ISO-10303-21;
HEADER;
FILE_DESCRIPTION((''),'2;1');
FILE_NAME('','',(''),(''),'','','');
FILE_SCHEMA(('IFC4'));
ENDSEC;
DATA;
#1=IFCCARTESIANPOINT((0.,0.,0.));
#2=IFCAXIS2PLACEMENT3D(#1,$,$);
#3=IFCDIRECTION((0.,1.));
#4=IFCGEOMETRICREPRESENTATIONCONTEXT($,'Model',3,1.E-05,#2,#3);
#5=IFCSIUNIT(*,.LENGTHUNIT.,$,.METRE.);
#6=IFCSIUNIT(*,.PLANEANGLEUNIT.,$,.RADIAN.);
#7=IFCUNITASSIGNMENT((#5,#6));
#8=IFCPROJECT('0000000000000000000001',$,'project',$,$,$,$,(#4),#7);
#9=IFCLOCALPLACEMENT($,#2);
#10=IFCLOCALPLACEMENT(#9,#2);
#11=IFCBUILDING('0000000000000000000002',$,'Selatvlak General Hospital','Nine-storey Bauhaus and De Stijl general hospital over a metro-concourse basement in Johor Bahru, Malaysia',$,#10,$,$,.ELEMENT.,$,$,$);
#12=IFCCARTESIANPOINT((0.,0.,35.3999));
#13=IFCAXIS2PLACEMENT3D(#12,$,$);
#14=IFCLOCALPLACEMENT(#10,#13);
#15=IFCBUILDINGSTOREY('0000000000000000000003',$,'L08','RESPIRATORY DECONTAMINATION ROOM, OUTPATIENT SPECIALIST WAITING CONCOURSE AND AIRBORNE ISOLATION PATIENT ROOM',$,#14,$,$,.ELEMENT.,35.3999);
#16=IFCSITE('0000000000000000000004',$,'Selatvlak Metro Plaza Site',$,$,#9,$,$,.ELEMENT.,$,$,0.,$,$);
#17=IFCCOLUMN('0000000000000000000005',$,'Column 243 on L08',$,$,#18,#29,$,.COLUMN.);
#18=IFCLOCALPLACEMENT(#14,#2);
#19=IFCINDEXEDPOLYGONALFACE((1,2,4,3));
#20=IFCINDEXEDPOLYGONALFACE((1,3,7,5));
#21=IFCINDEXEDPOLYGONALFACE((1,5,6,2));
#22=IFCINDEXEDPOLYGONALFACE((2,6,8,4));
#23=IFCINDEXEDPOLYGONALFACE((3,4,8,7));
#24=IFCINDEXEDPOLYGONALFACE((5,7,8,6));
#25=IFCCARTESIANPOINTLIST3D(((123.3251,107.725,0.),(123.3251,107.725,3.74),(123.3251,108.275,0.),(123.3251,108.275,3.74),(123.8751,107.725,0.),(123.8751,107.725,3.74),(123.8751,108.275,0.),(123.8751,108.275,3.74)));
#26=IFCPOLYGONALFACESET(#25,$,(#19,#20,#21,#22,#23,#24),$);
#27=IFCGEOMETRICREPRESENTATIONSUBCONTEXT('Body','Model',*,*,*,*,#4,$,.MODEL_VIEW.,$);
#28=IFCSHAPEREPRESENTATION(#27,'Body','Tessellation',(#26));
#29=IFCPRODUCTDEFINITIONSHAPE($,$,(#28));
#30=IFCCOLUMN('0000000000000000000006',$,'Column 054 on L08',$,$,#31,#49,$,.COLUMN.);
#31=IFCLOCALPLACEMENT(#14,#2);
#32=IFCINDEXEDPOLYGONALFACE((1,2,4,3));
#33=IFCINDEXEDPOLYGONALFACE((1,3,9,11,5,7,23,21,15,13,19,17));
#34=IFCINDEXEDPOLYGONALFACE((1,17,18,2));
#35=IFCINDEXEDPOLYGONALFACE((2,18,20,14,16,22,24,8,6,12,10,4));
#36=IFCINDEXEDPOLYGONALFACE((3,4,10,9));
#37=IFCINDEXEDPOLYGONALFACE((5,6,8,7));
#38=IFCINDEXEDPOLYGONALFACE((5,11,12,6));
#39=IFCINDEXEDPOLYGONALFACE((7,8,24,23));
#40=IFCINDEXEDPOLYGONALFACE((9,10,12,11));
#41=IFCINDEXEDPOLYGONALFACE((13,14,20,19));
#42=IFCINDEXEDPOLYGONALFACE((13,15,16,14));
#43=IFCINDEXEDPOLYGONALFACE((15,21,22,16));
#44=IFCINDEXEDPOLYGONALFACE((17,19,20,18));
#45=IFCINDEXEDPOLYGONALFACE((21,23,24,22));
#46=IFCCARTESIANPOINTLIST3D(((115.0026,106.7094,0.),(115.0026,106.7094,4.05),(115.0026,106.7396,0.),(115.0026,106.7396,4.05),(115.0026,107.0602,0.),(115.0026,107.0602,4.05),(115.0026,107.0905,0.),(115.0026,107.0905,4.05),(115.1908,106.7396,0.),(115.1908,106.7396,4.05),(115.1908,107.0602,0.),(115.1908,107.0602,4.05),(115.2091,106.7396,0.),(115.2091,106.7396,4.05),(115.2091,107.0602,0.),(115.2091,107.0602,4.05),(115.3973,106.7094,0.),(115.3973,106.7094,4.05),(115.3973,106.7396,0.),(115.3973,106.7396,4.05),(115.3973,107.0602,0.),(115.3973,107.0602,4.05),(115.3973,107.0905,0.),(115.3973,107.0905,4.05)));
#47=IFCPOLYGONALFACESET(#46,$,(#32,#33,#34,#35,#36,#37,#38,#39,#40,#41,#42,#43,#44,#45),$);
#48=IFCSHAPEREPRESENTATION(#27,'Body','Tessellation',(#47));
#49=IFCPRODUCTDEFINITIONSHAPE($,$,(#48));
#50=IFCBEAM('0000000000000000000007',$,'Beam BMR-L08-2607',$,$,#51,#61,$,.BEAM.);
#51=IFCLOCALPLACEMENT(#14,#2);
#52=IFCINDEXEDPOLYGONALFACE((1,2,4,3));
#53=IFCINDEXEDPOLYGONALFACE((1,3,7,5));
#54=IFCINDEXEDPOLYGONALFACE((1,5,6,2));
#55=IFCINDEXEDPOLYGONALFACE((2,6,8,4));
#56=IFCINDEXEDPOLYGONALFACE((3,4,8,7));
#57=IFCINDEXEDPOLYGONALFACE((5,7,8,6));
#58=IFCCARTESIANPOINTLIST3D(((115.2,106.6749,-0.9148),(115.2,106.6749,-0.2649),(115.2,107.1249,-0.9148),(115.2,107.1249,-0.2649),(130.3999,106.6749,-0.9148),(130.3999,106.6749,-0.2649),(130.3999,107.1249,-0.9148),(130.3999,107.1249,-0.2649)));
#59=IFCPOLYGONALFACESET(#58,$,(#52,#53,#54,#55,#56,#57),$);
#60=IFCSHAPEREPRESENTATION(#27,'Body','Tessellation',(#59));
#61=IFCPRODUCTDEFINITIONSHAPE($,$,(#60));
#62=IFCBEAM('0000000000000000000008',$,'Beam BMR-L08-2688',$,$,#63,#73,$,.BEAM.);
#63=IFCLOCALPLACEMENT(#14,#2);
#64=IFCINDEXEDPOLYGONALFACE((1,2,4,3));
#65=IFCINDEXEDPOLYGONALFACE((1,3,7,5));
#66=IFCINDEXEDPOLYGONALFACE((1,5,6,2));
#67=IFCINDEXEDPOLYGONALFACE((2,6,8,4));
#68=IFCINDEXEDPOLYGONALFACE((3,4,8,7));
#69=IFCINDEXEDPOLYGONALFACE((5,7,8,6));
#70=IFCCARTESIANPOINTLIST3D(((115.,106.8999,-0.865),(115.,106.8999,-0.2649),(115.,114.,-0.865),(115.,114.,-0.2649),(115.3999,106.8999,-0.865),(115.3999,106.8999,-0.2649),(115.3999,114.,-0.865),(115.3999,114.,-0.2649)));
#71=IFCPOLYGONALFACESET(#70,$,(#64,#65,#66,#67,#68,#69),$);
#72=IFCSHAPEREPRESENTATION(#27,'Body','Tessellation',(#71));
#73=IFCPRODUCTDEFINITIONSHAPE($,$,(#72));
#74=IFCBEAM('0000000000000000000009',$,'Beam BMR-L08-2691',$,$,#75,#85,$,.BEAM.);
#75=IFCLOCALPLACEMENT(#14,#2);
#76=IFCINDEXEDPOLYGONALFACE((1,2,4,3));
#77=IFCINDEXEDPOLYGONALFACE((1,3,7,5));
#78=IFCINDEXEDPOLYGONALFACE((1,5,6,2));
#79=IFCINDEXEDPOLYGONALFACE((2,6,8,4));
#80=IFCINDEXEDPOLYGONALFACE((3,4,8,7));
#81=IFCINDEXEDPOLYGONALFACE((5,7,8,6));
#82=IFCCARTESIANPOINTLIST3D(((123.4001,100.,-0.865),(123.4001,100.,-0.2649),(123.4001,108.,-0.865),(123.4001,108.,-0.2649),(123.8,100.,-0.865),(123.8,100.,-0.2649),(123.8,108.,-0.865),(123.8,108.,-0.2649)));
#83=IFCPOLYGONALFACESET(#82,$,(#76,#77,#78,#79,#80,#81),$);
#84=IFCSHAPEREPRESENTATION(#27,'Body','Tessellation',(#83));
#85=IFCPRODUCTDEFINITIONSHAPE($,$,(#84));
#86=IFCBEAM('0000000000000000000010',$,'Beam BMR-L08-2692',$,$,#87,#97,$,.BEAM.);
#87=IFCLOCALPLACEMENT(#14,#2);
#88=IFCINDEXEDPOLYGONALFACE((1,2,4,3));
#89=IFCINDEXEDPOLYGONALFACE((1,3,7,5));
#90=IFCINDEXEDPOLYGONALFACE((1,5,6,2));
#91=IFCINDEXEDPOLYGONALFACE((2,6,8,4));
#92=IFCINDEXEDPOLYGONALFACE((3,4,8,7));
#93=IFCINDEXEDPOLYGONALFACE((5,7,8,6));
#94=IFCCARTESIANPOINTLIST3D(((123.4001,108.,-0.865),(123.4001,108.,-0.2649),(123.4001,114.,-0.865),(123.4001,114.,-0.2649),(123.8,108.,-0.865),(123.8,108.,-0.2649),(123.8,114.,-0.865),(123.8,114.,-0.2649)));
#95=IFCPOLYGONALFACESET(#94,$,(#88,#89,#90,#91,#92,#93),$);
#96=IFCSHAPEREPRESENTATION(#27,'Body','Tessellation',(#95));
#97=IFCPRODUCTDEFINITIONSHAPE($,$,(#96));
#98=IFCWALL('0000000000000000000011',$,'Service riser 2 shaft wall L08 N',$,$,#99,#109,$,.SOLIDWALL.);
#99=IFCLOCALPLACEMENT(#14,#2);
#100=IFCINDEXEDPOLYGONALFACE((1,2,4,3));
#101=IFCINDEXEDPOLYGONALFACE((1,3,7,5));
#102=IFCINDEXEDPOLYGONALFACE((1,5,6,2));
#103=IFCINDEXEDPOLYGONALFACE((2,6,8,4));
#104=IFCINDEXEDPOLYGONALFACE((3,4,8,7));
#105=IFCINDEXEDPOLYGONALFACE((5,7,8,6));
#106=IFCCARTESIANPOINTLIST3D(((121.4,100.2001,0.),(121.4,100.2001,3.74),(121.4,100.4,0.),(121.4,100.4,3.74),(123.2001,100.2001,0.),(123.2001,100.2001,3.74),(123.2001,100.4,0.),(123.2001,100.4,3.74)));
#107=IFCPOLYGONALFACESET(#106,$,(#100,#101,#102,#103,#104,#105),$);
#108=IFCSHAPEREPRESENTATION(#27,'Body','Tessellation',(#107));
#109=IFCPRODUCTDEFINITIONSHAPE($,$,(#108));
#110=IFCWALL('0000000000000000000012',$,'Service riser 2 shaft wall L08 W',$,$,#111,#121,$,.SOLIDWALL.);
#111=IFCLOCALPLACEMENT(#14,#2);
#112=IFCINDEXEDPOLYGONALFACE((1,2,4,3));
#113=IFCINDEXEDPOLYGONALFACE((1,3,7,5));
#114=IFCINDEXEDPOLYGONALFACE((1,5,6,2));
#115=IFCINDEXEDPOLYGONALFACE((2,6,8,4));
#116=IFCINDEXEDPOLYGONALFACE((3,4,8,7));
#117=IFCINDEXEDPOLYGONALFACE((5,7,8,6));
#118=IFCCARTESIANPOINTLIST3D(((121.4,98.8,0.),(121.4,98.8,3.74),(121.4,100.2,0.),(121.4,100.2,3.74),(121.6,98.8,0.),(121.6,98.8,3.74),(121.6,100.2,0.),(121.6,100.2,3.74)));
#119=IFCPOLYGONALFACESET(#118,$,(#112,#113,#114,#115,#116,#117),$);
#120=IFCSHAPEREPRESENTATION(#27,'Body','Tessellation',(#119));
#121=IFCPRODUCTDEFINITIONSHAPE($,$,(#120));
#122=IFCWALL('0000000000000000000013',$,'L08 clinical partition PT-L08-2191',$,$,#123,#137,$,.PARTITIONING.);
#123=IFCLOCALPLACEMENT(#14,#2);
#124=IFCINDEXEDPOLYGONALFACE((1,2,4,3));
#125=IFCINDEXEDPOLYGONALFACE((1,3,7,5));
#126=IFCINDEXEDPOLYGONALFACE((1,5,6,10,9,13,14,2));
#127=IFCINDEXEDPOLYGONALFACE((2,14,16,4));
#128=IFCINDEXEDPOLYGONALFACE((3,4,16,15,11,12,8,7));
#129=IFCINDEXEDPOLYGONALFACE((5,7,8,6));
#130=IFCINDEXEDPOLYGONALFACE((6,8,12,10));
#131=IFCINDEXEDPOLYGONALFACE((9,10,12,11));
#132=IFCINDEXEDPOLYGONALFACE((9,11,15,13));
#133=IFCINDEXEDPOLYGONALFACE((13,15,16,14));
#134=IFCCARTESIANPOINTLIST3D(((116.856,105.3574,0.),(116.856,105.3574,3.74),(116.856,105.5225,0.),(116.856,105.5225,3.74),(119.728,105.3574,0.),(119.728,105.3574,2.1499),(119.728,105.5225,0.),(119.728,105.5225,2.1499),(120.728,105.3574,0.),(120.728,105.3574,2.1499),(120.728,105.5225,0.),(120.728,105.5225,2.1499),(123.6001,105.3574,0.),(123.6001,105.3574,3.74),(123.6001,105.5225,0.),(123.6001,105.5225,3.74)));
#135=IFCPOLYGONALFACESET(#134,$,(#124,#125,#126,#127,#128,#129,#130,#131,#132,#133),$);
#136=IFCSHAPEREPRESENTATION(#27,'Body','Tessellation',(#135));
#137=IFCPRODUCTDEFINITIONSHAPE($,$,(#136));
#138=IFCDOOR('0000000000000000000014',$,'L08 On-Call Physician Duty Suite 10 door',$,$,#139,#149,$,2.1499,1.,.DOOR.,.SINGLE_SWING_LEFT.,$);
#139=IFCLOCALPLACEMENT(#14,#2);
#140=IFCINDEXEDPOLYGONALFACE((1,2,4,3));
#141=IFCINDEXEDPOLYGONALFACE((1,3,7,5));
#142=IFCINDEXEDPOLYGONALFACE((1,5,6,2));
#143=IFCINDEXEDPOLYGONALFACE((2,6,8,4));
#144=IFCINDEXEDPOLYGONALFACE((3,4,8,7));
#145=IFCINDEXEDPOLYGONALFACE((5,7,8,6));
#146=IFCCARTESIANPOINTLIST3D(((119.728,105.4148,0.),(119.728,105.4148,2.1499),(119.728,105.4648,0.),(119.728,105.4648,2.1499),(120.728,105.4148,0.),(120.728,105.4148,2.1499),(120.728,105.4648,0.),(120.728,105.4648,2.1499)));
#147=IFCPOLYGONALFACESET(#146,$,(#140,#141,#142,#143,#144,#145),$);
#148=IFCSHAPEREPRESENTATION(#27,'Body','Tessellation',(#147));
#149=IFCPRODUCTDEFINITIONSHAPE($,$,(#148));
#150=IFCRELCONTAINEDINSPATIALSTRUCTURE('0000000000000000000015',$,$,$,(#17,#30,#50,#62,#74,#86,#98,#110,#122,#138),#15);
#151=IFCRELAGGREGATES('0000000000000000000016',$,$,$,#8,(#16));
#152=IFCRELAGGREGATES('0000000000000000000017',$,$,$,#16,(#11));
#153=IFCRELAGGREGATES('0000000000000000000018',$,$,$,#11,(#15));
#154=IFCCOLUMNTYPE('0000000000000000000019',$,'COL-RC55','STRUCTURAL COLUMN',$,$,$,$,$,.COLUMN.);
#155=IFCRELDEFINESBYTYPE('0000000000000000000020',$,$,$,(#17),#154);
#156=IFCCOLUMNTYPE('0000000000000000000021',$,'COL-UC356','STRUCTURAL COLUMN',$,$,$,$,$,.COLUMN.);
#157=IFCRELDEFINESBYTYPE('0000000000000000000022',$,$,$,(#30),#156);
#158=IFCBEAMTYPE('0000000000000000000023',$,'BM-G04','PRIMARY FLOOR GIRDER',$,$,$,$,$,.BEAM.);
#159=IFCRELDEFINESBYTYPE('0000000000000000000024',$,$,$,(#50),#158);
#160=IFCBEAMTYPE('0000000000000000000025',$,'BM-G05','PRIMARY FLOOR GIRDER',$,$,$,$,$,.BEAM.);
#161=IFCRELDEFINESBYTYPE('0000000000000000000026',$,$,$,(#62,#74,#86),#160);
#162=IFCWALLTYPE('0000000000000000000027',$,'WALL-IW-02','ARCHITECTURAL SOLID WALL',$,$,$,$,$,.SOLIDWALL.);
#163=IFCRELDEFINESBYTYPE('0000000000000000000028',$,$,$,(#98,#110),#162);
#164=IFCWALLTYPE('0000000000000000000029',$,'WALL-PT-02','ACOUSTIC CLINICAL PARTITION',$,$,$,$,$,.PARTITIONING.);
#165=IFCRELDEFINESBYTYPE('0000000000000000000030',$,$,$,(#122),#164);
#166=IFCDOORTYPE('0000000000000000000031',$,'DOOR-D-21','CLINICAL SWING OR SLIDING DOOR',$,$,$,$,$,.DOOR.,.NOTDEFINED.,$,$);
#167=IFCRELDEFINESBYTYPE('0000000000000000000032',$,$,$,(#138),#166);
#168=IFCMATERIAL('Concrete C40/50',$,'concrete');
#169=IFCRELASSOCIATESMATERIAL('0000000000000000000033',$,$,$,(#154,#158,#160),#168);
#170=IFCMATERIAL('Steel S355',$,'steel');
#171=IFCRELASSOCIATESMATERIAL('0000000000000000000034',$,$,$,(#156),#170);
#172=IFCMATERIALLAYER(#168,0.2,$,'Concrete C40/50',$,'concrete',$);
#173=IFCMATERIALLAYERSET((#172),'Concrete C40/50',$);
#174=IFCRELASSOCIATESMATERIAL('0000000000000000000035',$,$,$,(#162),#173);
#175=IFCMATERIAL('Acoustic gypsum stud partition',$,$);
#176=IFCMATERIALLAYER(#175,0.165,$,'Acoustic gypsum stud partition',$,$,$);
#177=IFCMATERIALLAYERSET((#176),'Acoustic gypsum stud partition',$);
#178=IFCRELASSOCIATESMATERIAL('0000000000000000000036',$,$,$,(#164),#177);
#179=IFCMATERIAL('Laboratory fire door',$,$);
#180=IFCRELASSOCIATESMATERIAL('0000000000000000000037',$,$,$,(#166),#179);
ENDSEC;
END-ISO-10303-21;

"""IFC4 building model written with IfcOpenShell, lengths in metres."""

from ifc_helpers import new_model, si_unit, direction, frame, frame_2d, origin, origin_2d, place, context, subcontext, project, spatial, rectangle, i_section, extrude, material, layer, layer_set, material_profile, profile_set, type_object, element, fill, save


model = new_model("IFC4")

# Units and contexts
model_context = context("Model", 3, precision=1e-05, world=origin(), true_north=direction((0.0, 1.0)))
body_context = subcontext(model_context, "Body", "Model", "MODEL_VIEW")
ifc_project = project(units=[si_unit("LENGTHUNIT", "METRE"), si_unit("PLANEANGLEUNIT", "RADIAN")], contexts=[model_context])

# Site, building, storey
site_placement = place(None, origin())
site = spatial("IfcSite", under=ifc_project, at=site_placement, Name="Selatvlak Metro Plaza Site", CompositionType="ELEMENT", RefElevation=0.0)
building_placement = place(site_placement, origin())
building = spatial("IfcBuilding", under=site, at=building_placement, Name="Selatvlak General Hospital", Description="Nine-storey Bauhaus and De Stijl general hospital over a metro-concourse basement in Johor Bahru, Malaysia", CompositionType="ELEMENT")
storey_placement = place(building_placement, frame((0.0, 0.0, 35.3999)))
storey = spatial("IfcBuildingStorey", under=building, at=storey_placement, Name="L08", Description="RESPIRATORY DECONTAMINATION ROOM, OUTPATIENT SPECIALIST WAITING CONCOURSE AND AIRBORNE ISOLATION PATIENT ROOM", CompositionType="ELEMENT", Elevation=35.3999)

# Columns
ifc_material_1 = material(Name="Concrete C40/50", Category="concrete")
ifc_material_profile_1 = material_profile(ifc_material_1, rectangle(XDim=0.55, YDim=0.55, at=origin_2d()), Name="RC-COL 550x550")
ifc_profile_set_1 = profile_set([ifc_material_profile_1], Name="Concrete C40/50")
column_type_1 = type_object("IfcColumnType", Name="COL-RC55", Description="STRUCTURAL COLUMN", PredefinedType="COLUMN", material=ifc_profile_set_1)
column_1_placement = place(storey_placement, frame((123.6001, 108.0, 0.0), z_axis=(0.0, 0.0, 1.0), x_axis=(1.0, 0.0, 0.0)))
element("IfcColumn", 1, at=column_1_placement, inside=storey, type_object=column_type_1, Name="Column 243 on L08", PredefinedType="COLUMN", context=body_context, shape_type="SweptSolid", body=[
    extrude(rectangle(XDim=0.55, YDim=0.55, at=origin_2d()), origin(), (0.0, 0.0, 1.0), 3.74),
])
ifc_material_2 = material(Name="Steel S355", Category="steel")
ifc_material_profile_2 = material_profile(ifc_material_2, i_section(OverallWidth=0.3948, OverallDepth=0.3811, WebThickness=0.0183, FlangeThickness=0.0303, at=origin_2d()), Name="UC 356x406x235")
ifc_profile_set_2 = profile_set([ifc_material_profile_2], Name="Steel S355")
column_type_2 = type_object("IfcColumnType", Name="COL-UC356", Description="STRUCTURAL COLUMN", PredefinedType="COLUMN", material=ifc_profile_set_2)
column_2_placement = place(storey_placement, frame((115.2, 106.8999, 0.0), z_axis=(0.0, 0.0, 1.0), x_axis=(1.0, 0.0, 0.0)))
element("IfcColumn", 2, at=column_2_placement, inside=storey, type_object=column_type_2, Name="Column 054 on L08", PredefinedType="COLUMN", context=body_context, shape_type="SweptSolid", body=[
    extrude(i_section(OverallWidth=0.3948, OverallDepth=0.3811, WebThickness=0.0183, FlangeThickness=0.0303, at=origin_2d()), origin(), (0.0, 0.0, 1.0), 4.05),
])

# Beams
ifc_material_profile_3 = material_profile(ifc_material_1, rectangle(XDim=0.45, YDim=0.6499, at=origin_2d()), Name="RC-BM 450x650")
ifc_profile_set_3 = profile_set([ifc_material_profile_3], Name="Concrete C40/50")
beam_type_1 = type_object("IfcBeamType", Name="BM-G04", Description="PRIMARY FLOOR GIRDER", PredefinedType="BEAM", material=ifc_profile_set_3)
beam_1_placement = place(storey_placement, frame((115.2, 106.8999, -0.5898), z_axis=(1.0, 0.0, 0.0), x_axis=(0.0, 1.0, 0.0)))
element("IfcBeam", 3, at=beam_1_placement, inside=storey, type_object=beam_type_1, Name="Beam BMR-L08-2607", PredefinedType="BEAM", context=body_context, shape_type="SweptSolid", body=[
    extrude(rectangle(XDim=0.45, YDim=0.6499, at=origin_2d()), origin(), (0.0, 0.0, 1.0), 15.2),
])
ifc_material_profile_4 = material_profile(ifc_material_1, rectangle(XDim=0.3999, YDim=0.6001, at=origin_2d()), Name="RC-BM 400x600")
ifc_profile_set_4 = profile_set([ifc_material_profile_4], Name="Concrete C40/50")
beam_type_2 = type_object("IfcBeamType", Name="BM-G05", Description="PRIMARY FLOOR GIRDER", PredefinedType="BEAM", material=ifc_profile_set_4)
beam_2_placement = place(storey_placement, frame((115.2, 106.8999, -0.5649), z_axis=(0.0, 1.0, 0.0), x_axis=(-1.0, 0.0, 0.0)))
element("IfcBeam", 4, at=beam_2_placement, inside=storey, type_object=beam_type_2, Name="Beam BMR-L08-2688", PredefinedType="BEAM", context=body_context, shape_type="SweptSolid", body=[
    extrude(rectangle(XDim=0.3999, YDim=0.6001, at=origin_2d()), origin(), (0.0, 0.0, 1.0), 7.1001),
])
beam_3_placement = place(storey_placement, frame((123.6001, 100.0, -0.5649), z_axis=(0.0, 1.0, 0.0), x_axis=(-1.0, 0.0, 0.0)))
element("IfcBeam", 5, at=beam_3_placement, inside=storey, type_object=beam_type_2, Name="Beam BMR-L08-2691", PredefinedType="BEAM", context=body_context, shape_type="SweptSolid", body=[
    extrude(rectangle(XDim=0.3999, YDim=0.6001, at=origin_2d()), origin(), (0.0, 0.0, 1.0), 8.0),
])
beam_4_placement = place(storey_placement, frame((123.6001, 108.0, -0.5649), z_axis=(0.0, 1.0, 0.0), x_axis=(-1.0, 0.0, 0.0)))
element("IfcBeam", 6, at=beam_4_placement, inside=storey, type_object=beam_type_2, Name="Beam BMR-L08-2692", PredefinedType="BEAM", context=body_context, shape_type="SweptSolid", body=[
    extrude(rectangle(XDim=0.3999, YDim=0.6001, at=origin_2d()), origin(), (0.0, 0.0, 1.0), 6.0),
])

# Walls
ifc_layer_1 = layer(ifc_material_1, 0.2, Name="Concrete C40/50", Category="concrete")
ifc_layer_set_1 = layer_set([ifc_layer_1], Name="Concrete C40/50")
wall_type_1 = type_object("IfcWallType", Name="WALL-IW-02", Description="ARCHITECTURAL SOLID WALL", PredefinedType="SOLIDWALL", material=ifc_layer_set_1)
wall_1_placement = place(storey_placement, frame((123.2, 100.3, 0.0), z_axis=(0.0, 0.0, 1.0), x_axis=(-1.0, 0.0, 0.0)))
element("IfcWall", 7, at=wall_1_placement, inside=storey, type_object=wall_type_1, Name="Service riser 2 shaft wall L08 N", PredefinedType="SOLIDWALL", context=body_context, shape_type="SweptSolid", body=[
    extrude(rectangle(XDim=1.8, YDim=0.2, at=frame_2d((0.8999, 0.0))), origin(), (0.0, 0.0, 1.0), 3.74),
])
wall_2_placement = place(storey_placement, frame((121.5, 100.2, 0.0), z_axis=(0.0, 0.0, 1.0), x_axis=(0.0, -1.0, 0.0)))
element("IfcWall", 8, at=wall_2_placement, inside=storey, type_object=wall_type_1, Name="Service riser 2 shaft wall L08 W", PredefinedType="SOLIDWALL", context=body_context, shape_type="SweptSolid", body=[
    extrude(rectangle(XDim=1.3999, YDim=0.2, at=frame_2d((0.7, 0.0))), origin(), (0.0, 0.0, 1.0), 3.74),
])
ifc_material_3 = material(Name="Acoustic gypsum stud partition")

# Wall, opening, door
ifc_layer_2 = layer(ifc_material_3, 0.165, Name="Acoustic gypsum stud partition")
ifc_layer_set_2 = layer_set([ifc_layer_2], Name="Acoustic gypsum stud partition")
wall_type_2 = type_object("IfcWallType", Name="WALL-PT-02", Description="ACOUSTIC CLINICAL PARTITION", PredefinedType="PARTITIONING", material=ifc_layer_set_2)
wall_3_placement = place(storey_placement, frame((116.856, 105.4399, 0.0), z_axis=(0.0, 0.0, 1.0), x_axis=(1.0, 0.0, 0.0)))
wall_3 = element("IfcWall", 9, at=wall_3_placement, inside=storey, type_object=wall_type_2, Name="L08 clinical partition PT-L08-2191", PredefinedType="PARTITIONING", context=body_context, shape_type="SweptSolid", body=[
    extrude(rectangle(XDim=6.7441, YDim=0.165, at=frame_2d((3.3721, 0.0))), origin(), (0.0, 0.0, 1.0), 3.74),
])
opening_1_placement = place(wall_3_placement, frame((2.8721, 0.0, 0.0)))
opening_1 = element("IfcOpeningElement", 10, at=opening_1_placement, cuts=wall_3, PredefinedType="OPENING", context=body_context, shape_type="SweptSolid", body=[
    extrude(rectangle(XDim=1.0, YDim=2.1499, at=frame_2d((0.5, 1.075))), frame((0.0, 0.0925, 0.0), z_axis=(0.0, -1.0, 0.0), x_axis=(1.0, 0.0, 0.0)), (0.0, 0.0, 1.0), 0.1851),
])
ifc_material_4 = material(Name="Laboratory fire door")
door_type_1 = type_object("IfcDoorType", Name="DOOR-D-21", Description="CLINICAL SWING OR SLIDING DOOR", OperationType="NOTDEFINED", PredefinedType="DOOR", material=ifc_material_4)
door_1_placement = place(opening_1_placement, origin())
door_1 = element("IfcDoor", 11, at=door_1_placement, inside=storey, type_object=door_type_1, Name="L08 On-Call Physician Duty Suite 10 door", OperationType="SINGLE_SWING_LEFT", OverallHeight=2.1499, OverallWidth=1.0, PredefinedType="DOOR", context=body_context, shape_type="SweptSolid", body=[
    extrude(rectangle(XDim=1.0, YDim=2.1499, at=frame_2d((0.5, 1.075))), frame((0.0, 0.0249, 0.0), z_axis=(0.0, -1.0, 0.0), x_axis=(1.0, 0.0, 0.0)), (0.0, 0.0, 1.0), 0.05),
])
fill(opening_1, door_1)

save(model, "model.ifc")
